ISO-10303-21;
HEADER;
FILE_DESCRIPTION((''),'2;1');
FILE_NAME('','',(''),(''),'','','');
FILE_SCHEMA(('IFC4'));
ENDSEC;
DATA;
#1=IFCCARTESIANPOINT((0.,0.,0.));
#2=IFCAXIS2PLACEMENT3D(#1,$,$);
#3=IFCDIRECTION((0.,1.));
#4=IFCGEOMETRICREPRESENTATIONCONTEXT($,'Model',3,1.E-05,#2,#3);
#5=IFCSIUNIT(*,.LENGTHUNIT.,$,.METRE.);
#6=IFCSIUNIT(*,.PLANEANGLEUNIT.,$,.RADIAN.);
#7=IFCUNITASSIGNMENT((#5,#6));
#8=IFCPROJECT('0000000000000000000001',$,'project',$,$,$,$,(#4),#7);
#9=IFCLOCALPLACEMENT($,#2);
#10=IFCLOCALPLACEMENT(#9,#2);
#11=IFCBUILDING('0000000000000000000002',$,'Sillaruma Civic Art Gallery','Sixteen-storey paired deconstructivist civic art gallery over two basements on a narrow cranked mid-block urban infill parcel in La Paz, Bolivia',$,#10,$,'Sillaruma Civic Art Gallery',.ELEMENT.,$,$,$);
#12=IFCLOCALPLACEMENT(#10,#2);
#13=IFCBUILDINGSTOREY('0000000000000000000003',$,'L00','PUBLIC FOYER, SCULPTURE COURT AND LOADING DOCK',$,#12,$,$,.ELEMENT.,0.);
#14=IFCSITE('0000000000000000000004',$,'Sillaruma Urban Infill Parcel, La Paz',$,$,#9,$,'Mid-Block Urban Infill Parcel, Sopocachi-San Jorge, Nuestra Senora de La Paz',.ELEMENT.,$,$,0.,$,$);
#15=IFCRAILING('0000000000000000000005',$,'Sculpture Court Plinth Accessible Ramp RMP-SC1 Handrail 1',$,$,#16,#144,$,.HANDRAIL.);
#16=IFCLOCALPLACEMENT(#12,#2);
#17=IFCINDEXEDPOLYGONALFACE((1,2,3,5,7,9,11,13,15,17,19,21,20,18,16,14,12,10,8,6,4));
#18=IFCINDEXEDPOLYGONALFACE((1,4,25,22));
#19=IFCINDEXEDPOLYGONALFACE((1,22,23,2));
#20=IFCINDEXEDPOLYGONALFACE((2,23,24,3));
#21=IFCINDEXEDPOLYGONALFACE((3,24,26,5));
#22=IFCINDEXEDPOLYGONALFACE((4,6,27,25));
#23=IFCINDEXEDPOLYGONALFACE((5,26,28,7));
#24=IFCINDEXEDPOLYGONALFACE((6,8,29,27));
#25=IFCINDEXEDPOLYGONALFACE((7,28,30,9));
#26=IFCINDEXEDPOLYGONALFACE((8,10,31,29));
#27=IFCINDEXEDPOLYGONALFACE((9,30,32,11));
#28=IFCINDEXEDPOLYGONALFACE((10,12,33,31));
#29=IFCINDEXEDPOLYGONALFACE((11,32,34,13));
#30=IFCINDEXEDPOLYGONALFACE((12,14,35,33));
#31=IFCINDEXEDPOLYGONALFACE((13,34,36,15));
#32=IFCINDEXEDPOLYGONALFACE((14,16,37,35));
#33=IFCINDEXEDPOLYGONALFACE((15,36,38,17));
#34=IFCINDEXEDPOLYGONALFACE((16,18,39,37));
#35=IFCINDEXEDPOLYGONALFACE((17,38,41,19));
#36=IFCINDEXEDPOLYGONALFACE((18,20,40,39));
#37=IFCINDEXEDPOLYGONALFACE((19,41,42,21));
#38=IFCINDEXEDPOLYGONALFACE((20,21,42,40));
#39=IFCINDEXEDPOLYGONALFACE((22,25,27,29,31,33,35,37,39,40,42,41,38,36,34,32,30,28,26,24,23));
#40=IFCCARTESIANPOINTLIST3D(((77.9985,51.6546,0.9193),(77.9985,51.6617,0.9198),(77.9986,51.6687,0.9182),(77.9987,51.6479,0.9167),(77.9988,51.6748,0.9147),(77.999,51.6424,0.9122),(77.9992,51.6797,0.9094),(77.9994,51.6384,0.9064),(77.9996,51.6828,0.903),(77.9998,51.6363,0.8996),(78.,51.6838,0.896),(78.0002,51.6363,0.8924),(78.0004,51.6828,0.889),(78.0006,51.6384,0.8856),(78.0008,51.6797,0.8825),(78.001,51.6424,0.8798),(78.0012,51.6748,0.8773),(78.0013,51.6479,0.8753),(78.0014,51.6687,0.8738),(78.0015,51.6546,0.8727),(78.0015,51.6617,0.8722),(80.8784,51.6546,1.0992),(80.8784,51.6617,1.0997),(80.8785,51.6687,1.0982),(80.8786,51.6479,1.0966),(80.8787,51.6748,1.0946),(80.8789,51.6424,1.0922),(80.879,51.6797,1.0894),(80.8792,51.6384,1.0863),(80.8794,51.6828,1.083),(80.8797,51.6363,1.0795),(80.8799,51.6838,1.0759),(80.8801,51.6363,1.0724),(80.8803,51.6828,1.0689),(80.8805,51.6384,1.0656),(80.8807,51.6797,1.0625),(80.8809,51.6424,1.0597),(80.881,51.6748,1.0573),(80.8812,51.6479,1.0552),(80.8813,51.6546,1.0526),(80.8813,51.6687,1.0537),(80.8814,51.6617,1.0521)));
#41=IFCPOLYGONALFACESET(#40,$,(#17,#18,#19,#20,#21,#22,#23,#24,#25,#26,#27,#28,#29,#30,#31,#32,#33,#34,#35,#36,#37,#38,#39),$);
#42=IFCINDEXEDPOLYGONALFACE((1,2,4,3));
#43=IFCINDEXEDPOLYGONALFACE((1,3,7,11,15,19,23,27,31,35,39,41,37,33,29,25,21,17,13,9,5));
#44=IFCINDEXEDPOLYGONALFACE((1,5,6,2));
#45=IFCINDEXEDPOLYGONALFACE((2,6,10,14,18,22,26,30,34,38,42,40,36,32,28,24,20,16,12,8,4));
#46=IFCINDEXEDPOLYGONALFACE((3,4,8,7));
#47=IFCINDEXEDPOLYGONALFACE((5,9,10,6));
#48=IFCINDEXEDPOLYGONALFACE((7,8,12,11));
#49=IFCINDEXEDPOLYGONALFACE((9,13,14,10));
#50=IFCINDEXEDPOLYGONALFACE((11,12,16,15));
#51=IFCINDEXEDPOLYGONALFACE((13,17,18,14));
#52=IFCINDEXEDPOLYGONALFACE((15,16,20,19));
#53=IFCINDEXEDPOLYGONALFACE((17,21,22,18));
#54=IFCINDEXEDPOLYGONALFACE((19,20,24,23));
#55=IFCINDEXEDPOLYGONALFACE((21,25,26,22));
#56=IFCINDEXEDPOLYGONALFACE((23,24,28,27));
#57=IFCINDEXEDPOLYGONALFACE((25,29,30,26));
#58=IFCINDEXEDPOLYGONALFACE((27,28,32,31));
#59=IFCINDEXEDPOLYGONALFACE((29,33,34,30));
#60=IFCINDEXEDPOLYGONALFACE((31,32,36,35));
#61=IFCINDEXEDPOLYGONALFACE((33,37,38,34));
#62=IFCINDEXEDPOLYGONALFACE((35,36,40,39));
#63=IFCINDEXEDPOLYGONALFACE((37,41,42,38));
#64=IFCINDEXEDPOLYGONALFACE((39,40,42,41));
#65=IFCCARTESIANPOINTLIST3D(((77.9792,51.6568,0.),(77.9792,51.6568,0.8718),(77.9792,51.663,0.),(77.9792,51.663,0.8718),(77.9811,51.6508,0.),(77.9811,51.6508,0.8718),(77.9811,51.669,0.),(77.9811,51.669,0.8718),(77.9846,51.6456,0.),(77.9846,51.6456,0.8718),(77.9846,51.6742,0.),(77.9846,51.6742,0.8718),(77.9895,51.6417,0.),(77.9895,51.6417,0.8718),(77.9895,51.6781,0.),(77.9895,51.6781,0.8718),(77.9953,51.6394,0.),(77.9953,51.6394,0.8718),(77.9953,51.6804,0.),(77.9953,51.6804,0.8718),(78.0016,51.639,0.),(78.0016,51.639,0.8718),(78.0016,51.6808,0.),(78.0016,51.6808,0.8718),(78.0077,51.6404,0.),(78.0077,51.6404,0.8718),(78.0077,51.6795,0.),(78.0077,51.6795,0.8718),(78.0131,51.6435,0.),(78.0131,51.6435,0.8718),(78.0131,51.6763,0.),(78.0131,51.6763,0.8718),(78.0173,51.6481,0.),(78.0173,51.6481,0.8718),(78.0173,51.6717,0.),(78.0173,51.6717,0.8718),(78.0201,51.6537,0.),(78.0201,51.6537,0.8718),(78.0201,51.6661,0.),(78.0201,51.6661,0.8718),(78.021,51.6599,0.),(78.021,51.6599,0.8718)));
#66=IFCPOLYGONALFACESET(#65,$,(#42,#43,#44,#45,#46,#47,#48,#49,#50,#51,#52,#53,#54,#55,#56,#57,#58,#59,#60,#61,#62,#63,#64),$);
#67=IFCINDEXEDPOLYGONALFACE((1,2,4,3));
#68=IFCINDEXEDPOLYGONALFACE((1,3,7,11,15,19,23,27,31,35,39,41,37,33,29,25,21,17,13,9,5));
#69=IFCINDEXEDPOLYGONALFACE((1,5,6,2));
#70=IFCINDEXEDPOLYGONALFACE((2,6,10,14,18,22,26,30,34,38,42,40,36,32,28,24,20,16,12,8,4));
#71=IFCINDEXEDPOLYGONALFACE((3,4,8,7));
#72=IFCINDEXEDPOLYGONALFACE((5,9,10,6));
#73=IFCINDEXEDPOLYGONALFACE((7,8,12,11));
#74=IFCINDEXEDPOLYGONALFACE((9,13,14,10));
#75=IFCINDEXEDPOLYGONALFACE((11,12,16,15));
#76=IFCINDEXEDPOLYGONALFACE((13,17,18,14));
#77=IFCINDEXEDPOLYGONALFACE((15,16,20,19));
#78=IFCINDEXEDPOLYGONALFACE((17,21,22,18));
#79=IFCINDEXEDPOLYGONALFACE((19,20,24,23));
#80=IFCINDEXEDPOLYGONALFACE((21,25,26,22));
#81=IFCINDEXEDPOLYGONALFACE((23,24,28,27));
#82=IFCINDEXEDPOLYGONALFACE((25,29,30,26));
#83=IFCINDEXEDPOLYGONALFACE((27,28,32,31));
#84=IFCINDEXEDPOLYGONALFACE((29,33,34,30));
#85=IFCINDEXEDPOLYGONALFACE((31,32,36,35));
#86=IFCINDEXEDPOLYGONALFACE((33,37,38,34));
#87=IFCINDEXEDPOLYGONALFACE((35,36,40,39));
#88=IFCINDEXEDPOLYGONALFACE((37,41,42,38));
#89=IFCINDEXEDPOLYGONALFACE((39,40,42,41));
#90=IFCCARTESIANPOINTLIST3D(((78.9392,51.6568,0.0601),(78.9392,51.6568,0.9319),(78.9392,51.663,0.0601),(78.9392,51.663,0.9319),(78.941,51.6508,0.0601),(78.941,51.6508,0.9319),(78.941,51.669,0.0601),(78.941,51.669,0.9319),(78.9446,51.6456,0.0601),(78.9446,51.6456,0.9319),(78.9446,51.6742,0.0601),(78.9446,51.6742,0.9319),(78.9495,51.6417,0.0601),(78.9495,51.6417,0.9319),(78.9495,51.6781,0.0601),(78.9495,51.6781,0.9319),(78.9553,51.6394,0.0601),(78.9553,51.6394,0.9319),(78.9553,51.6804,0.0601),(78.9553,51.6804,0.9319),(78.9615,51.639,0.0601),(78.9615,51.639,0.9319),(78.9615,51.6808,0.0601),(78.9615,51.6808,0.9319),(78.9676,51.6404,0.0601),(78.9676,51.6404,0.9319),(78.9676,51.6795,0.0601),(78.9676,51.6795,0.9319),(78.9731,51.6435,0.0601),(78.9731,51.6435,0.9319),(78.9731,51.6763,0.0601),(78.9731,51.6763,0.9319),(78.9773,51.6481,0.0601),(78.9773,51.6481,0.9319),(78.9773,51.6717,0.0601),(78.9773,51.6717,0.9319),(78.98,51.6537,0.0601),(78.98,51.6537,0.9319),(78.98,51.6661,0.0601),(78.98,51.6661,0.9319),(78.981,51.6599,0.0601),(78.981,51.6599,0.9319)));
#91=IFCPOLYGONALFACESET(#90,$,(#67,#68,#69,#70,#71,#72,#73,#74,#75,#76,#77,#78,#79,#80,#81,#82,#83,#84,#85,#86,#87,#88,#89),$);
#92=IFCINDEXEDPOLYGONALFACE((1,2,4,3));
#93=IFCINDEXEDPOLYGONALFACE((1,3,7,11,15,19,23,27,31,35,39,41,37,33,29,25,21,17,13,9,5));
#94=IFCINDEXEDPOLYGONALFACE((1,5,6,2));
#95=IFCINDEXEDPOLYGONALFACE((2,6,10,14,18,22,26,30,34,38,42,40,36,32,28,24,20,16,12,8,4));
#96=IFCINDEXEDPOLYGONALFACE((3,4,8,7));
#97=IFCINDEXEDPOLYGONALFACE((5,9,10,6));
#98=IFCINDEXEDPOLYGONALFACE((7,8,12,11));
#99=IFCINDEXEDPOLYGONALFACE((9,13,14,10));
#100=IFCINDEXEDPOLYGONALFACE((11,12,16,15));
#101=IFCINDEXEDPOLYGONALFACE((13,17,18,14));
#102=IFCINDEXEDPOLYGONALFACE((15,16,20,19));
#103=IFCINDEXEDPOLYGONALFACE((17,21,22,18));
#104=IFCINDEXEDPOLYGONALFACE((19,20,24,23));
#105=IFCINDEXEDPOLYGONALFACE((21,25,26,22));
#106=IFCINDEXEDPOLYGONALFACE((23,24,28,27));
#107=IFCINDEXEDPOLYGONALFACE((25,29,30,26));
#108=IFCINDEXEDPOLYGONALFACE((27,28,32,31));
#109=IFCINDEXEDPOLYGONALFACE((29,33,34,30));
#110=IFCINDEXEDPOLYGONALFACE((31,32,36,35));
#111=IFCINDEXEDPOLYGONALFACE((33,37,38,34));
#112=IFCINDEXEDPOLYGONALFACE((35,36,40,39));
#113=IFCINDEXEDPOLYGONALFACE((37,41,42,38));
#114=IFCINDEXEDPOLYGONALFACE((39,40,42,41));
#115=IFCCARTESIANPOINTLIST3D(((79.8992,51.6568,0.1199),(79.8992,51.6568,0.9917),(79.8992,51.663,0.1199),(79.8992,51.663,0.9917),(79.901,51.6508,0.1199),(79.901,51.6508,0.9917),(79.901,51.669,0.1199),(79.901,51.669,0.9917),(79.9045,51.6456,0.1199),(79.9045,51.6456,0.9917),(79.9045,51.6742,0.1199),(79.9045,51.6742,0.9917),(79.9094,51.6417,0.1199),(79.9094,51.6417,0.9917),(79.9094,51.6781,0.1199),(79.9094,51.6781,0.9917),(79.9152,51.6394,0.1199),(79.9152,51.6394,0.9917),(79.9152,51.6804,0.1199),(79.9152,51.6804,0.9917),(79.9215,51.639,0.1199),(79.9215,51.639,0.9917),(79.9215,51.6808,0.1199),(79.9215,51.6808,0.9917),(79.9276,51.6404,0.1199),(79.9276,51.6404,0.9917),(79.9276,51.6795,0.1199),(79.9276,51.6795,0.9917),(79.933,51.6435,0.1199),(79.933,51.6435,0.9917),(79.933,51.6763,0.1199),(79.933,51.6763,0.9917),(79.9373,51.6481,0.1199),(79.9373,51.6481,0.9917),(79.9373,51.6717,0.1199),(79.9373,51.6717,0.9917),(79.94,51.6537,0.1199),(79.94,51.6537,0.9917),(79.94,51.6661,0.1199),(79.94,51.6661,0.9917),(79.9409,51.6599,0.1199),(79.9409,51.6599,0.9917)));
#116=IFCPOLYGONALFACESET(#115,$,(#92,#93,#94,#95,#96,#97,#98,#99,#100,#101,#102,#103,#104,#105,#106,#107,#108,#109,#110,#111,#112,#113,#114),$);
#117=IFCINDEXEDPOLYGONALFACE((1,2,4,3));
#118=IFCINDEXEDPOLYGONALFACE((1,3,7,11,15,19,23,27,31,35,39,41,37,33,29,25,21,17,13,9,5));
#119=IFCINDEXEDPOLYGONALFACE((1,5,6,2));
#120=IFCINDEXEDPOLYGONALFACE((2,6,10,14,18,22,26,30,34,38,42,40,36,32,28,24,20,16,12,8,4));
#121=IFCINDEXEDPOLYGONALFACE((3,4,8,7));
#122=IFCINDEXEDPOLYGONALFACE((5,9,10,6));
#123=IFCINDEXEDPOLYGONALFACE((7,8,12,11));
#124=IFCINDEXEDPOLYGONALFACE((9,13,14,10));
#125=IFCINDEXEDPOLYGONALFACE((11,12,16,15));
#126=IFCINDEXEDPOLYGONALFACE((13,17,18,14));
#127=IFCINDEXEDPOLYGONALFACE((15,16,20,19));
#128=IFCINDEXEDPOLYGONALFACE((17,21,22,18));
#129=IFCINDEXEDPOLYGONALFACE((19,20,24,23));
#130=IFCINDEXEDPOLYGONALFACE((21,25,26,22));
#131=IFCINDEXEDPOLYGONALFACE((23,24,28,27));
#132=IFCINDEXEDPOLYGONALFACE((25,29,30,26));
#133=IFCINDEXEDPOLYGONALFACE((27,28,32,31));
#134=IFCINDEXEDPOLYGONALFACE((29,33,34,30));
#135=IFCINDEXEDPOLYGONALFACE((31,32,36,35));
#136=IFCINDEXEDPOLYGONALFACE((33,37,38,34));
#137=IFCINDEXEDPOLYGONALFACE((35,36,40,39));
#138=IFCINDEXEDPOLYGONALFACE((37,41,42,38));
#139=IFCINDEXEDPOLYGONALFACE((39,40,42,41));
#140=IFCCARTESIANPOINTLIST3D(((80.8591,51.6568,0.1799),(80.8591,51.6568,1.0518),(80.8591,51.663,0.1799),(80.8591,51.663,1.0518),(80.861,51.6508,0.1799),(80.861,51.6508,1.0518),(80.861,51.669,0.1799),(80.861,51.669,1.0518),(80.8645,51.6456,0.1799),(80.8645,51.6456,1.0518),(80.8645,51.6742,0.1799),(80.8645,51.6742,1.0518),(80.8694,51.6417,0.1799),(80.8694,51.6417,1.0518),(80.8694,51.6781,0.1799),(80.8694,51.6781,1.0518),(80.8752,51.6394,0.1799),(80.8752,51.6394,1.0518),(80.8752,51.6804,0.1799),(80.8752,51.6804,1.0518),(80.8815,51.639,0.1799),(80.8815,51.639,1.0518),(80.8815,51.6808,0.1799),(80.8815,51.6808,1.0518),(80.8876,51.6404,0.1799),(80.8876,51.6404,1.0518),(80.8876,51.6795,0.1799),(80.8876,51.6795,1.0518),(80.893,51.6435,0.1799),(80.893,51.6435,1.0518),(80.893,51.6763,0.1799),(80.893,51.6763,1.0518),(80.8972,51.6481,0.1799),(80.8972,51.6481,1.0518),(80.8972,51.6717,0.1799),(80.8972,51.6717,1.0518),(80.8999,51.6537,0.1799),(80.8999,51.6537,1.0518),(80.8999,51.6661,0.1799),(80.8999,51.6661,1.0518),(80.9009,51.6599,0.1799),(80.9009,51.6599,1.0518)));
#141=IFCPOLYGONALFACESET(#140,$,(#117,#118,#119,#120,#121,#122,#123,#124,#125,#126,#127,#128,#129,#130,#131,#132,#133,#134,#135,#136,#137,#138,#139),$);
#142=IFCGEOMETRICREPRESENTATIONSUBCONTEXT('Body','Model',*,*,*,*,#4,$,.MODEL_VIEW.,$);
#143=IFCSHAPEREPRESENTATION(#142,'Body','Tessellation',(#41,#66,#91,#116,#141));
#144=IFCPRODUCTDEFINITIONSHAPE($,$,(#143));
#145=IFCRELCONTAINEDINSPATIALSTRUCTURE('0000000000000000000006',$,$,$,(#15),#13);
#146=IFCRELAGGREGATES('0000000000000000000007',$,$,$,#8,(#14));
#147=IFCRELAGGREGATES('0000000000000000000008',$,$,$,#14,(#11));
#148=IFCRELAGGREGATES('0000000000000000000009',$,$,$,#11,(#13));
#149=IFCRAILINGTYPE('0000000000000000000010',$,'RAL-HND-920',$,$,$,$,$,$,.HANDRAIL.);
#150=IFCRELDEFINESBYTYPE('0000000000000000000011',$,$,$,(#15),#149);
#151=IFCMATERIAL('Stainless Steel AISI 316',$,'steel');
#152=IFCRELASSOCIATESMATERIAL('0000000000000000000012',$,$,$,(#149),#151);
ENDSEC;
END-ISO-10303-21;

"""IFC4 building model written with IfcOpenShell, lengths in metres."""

from ifc_helpers import new_model, si_unit, direction, frame, origin, origin_2d, place, context, subcontext, project, spatial, circle, extrude, material, type_object, element, save


model = new_model("IFC4")

# Units and contexts
model_context = context("Model", 3, precision=1e-05, world=origin(), true_north=direction((0.0, 1.0)))
body_context = subcontext(model_context, "Body", "Model", "MODEL_VIEW")
ifc_project = project(units=[si_unit("LENGTHUNIT", "METRE"), si_unit("PLANEANGLEUNIT", "RADIAN")], contexts=[model_context])

# Site, building, storey
site_placement = place(None, origin())
site = spatial("IfcSite", under=ifc_project, at=site_placement, Name="Sillaruma Urban Infill Parcel, La Paz", LongName="Mid-Block Urban Infill Parcel, Sopocachi-San Jorge, Nuestra Senora de La Paz", CompositionType="ELEMENT", RefElevation=0.0)
building_placement = place(site_placement, origin())
building = spatial("IfcBuilding", under=site, at=building_placement, Name="Sillaruma Civic Art Gallery", Description="Sixteen-storey paired deconstructivist civic art gallery over two basements on a narrow cranked mid-block urban infill parcel in La Paz, Bolivia", LongName="Sillaruma Civic Art Gallery", CompositionType="ELEMENT")
storey_placement = place(building_placement, origin())
storey = spatial("IfcBuildingStorey", under=building, at=storey_placement, Name="L00", Description="PUBLIC FOYER, SCULPTURE COURT AND LOADING DOCK", CompositionType="ELEMENT", Elevation=0.0)

# Railing
ifc_material_1 = material(Name="Stainless Steel AISI 316", Category="steel")
railing_type_1 = type_object("IfcRailingType", Name="RAL-HND-920", PredefinedType="HANDRAIL", material=ifc_material_1)
for number, where, name in (
    (1, (78.0, 51.6599, 0.0), "Sculpture Court Plinth Accessible Ramp RMP-SC1 Handrail 1"),
):
    element("IfcRailing", number, at=place(storey_placement, frame(where)), inside=storey, type_object=railing_type_1, Name=name, PredefinedType="HANDRAIL", context=body_context, shape_type="SweptSolid", body=[
        extrude(circle(Radius=0.0239, at=origin_2d()), frame((0.0, 0.0, 0.896), z_axis=(0.998054, 0.0, 0.062357), x_axis=(0.0, 1.0, 0.0)), (0.0, 0.0, 1.0), 2.8855),
        extrude(circle(Radius=0.021, at=origin_2d()), origin(), (0.0, 0.0, 1.0), 0.8718),
        extrude(circle(Radius=0.021, at=origin_2d()), frame((0.96, 0.0, 0.0601)), (0.0, 0.0, 1.0), 0.8718),
        extrude(circle(Radius=0.021, at=origin_2d()), frame((1.9199, 0.0, 0.1199)), (0.0, 0.0, 1.0), 0.8718),
        extrude(circle(Radius=0.021, at=origin_2d()), frame((2.8799, 0.0, 0.1799)), (0.0, 0.0, 1.0), 0.8718),
    ])

save(model, "model.ifc")
